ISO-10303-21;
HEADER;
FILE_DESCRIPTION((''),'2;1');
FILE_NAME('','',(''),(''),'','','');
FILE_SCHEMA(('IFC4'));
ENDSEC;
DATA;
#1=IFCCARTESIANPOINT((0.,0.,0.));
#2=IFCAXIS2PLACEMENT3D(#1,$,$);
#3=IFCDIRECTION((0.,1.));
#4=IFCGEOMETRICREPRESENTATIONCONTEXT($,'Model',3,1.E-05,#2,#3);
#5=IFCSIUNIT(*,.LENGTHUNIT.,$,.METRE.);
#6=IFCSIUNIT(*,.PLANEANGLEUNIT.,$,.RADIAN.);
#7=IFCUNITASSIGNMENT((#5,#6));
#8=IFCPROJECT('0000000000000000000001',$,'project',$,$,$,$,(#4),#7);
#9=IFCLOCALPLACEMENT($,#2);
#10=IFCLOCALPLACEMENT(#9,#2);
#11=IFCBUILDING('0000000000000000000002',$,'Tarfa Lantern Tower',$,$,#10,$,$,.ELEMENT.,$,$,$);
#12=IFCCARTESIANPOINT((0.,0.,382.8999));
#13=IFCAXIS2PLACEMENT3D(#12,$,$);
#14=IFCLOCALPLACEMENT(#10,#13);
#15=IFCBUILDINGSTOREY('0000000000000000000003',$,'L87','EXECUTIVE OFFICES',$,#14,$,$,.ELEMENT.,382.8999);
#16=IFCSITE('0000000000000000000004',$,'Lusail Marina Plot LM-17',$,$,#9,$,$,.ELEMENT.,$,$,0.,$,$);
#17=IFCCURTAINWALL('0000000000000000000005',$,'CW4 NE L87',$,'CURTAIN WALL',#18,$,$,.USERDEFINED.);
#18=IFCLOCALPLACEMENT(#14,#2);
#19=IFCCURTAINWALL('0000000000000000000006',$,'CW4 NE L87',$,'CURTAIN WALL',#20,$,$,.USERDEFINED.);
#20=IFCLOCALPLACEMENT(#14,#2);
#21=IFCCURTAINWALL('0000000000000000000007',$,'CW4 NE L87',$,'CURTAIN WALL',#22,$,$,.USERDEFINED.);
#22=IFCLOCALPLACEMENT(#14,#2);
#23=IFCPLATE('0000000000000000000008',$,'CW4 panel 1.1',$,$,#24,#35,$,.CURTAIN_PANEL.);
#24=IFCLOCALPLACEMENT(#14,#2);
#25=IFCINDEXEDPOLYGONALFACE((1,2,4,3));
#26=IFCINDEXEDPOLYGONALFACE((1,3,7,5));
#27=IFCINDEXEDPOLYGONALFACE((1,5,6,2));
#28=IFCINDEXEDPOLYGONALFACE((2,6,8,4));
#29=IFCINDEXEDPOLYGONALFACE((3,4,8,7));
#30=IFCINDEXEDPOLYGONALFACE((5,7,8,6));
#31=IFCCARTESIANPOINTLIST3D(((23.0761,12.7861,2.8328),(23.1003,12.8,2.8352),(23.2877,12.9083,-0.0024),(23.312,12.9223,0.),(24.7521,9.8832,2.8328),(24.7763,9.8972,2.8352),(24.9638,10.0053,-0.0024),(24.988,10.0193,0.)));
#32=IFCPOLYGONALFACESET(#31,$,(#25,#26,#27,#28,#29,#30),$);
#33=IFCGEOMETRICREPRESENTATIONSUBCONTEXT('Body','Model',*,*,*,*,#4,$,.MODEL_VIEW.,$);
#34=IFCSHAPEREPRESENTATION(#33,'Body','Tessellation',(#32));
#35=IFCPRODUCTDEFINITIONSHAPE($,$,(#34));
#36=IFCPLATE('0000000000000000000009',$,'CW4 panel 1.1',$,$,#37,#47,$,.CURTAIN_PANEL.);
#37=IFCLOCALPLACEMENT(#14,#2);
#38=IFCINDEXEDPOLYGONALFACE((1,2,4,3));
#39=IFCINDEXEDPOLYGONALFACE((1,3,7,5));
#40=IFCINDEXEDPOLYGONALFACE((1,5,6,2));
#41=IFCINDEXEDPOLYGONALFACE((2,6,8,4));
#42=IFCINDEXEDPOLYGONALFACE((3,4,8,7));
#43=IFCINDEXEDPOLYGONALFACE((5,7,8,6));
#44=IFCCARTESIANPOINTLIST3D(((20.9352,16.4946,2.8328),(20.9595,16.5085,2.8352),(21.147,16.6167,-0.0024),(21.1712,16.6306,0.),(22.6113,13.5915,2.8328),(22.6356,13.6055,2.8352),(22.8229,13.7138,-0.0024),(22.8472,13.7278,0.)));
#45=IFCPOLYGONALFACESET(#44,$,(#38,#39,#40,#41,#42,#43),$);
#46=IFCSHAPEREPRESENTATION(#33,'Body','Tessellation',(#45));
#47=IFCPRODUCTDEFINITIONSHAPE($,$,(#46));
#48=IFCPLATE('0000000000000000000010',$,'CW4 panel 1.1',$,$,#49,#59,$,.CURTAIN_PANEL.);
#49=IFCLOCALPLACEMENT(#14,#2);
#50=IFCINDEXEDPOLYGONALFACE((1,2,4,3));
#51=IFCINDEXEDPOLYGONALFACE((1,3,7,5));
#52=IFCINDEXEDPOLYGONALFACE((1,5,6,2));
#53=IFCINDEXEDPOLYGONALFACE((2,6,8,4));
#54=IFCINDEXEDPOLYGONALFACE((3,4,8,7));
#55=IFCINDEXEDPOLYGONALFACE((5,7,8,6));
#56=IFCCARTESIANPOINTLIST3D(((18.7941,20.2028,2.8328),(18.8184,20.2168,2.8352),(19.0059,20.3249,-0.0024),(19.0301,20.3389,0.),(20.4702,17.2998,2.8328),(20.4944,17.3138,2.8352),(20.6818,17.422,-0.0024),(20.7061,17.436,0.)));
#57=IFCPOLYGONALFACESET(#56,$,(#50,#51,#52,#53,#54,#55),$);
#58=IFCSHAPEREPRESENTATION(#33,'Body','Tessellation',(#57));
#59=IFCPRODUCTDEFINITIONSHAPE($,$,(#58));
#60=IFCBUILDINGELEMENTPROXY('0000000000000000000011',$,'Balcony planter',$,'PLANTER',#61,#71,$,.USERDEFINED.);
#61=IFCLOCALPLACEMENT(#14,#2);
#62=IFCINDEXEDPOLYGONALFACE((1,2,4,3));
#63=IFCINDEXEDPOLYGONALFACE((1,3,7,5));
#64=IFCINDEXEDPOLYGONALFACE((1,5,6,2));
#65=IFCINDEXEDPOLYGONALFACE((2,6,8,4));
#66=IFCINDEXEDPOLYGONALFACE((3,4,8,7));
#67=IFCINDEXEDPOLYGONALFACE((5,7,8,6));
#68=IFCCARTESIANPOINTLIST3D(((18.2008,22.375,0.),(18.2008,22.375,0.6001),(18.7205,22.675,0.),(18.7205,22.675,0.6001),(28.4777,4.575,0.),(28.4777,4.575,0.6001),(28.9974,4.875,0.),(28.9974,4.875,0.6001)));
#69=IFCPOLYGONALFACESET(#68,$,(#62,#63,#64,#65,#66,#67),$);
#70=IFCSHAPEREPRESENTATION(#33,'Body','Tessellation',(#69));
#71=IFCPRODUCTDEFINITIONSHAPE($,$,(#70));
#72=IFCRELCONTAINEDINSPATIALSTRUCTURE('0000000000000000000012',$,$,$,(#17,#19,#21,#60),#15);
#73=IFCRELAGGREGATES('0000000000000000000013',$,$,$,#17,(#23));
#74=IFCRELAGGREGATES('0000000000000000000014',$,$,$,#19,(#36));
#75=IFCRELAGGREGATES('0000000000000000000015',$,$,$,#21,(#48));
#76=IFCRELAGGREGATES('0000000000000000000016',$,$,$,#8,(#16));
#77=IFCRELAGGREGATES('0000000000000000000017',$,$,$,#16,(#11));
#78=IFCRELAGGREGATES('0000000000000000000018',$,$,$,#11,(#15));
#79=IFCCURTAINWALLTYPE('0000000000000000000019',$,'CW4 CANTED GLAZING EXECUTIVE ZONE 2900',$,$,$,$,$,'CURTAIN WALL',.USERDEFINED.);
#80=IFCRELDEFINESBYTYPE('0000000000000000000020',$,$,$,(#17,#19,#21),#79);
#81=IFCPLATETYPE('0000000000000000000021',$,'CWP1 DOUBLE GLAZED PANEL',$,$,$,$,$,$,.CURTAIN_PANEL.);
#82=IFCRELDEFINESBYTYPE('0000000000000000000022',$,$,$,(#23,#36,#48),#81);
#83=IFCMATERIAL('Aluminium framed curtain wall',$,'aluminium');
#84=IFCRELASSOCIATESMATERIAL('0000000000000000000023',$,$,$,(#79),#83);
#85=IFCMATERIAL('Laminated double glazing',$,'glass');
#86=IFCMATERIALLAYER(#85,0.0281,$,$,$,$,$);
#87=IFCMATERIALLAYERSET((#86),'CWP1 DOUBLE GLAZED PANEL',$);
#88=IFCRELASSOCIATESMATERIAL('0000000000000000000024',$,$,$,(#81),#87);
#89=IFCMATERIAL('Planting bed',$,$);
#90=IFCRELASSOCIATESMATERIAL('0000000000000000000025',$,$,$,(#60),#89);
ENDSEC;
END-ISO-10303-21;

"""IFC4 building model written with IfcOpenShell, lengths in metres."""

from ifc_helpers import new_model, si_unit, direction, frame, origin, origin_2d, place, context, subcontext, project, spatial, polyline, rectangle, outline, extrude, material, layer, layer_set, type_object, element, aggregate, save


model = new_model("IFC4")

# Units and contexts
model_context = context("Model", 3, precision=1e-05, world=origin(), true_north=direction((0.0, 1.0)))
body_context = subcontext(model_context, "Body", "Model", "MODEL_VIEW")
ifc_project = project(units=[si_unit("LENGTHUNIT", "METRE"), si_unit("PLANEANGLEUNIT", "RADIAN")], contexts=[model_context])

# Site, building, storey
site_placement = place(None, origin())
site = spatial("IfcSite", under=ifc_project, at=site_placement, Name="Lusail Marina Plot LM-17", CompositionType="ELEMENT", RefElevation=0.0)
building_placement = place(site_placement, origin())
building = spatial("IfcBuilding", under=site, at=building_placement, Name="Tarfa Lantern Tower", CompositionType="ELEMENT")
storey_placement = place(building_placement, frame((0.0, 0.0, 382.8999)))
storey = spatial("IfcBuildingStorey", under=building, at=storey_placement, Name="L87", Description="EXECUTIVE OFFICES", CompositionType="ELEMENT", Elevation=382.8999)

# Curtain walls
ifc_material_1 = material(Name="Aluminium framed curtain wall", Category="aluminium")
curtain_wall_type = type_object("IfcCurtainWallType", Name="CW4 CANTED GLAZING EXECUTIVE ZONE 2900", ElementType="CURTAIN WALL", PredefinedType="USERDEFINED", material=ifc_material_1)
curtain_wall_1_placement = place(storey_placement, origin())
curtain_wall_1 = element("IfcCurtainWall", 1, at=curtain_wall_1_placement, inside=storey, type_object=curtain_wall_type, Name="CW4 NE L87", ObjectType="CURTAIN WALL", PredefinedType="USERDEFINED")
curtain_wall_2_placement = place(storey_placement, origin())
curtain_wall_2 = element("IfcCurtainWall", 2, at=curtain_wall_2_placement, inside=storey, type_object=curtain_wall_type, Name="CW4 NE L87", ObjectType="CURTAIN WALL", PredefinedType="USERDEFINED")
curtain_wall_3_placement = place(storey_placement, origin())
curtain_wall_3 = element("IfcCurtainWall", 3, at=curtain_wall_3_placement, inside=storey, type_object=curtain_wall_type, Name="CW4 NE L87", ObjectType="CURTAIN WALL", PredefinedType="USERDEFINED")

# Plates
ifc_material_2 = material(Name="Laminated double glazing", Category="glass")
ifc_layer = layer(ifc_material_2, 0.0281)
ifc_layer_set = layer_set([ifc_layer], Name="CWP1 DOUBLE GLAZED PANEL")
plate_type = type_object("IfcPlateType", Name="CWP1 DOUBLE GLAZED PANEL", PredefinedType="CURTAIN_PANEL", material=ifc_layer_set)
plate_1_placement = place(storey_placement, frame((24.988, 10.0193, 0.0), z_axis=(0.862825, 0.498153, 0.085886), x_axis=(-0.500001, 0.866025, -0.000002)))
plate_1 = element("IfcPlate", 4, at=plate_1_placement, type_object=plate_type, Name="CW4 panel 1.1", PredefinedType="CURTAIN_PANEL", context=body_context, shape_type="SweptSolid", body=[
    extrude(outline(polyline([(0.0, 0.0), (3.3522, 0.0), (3.3521, 2.8457), (0.0001, 2.8457), (0.0, 0.0)])), origin(), (0.0, 0.0, -1.0), 0.0281),
])
aggregate(curtain_wall_1, [plate_1])
plate_2_placement = place(storey_placement, frame((22.8472, 13.7278, 0.0), z_axis=(0.862825, 0.498153, 0.085886), x_axis=(-0.500001, 0.866025, 0.000002)))
plate_2 = element("IfcPlate", 5, at=plate_2_placement, type_object=plate_type, Name="CW4 panel 1.1", PredefinedType="CURTAIN_PANEL", context=body_context, shape_type="SweptSolid", body=[
    extrude(outline(polyline([(0.0, 0.0), (3.3519, 0.0), (3.3521, 2.8457), (-0.0001, 2.8457), (0.0, 0.0)])), origin(), (0.0, 0.0, -1.0), 0.0281),
])
aggregate(curtain_wall_2, [plate_2])
plate_3_placement = place(storey_placement, frame((20.7061, 17.436, 0.0), z_axis=(0.862825, 0.498153, 0.085886), x_axis=(-0.500001, 0.866025, 0.000002)))
plate_3 = element("IfcPlate", 6, at=plate_3_placement, type_object=plate_type, Name="CW4 panel 1.1", PredefinedType="CURTAIN_PANEL", context=body_context, shape_type="SweptSolid", body=[
    extrude(outline(polyline([(0.0, 0.0), (3.3519, 0.0), (3.3521, 2.8457), (-0.0001, 2.8457), (0.0, 0.0)])), origin(), (0.0, 0.0, -1.0), 0.0281),
])
aggregate(curtain_wall_3, [plate_3])

# Building element proxy
ifc_material_3 = material(Name="Planting bed")
proxy_placement = place(storey_placement, frame((23.5991, 13.625, 0.0), z_axis=(0.0, 0.0, 1.0), x_axis=(-0.5, 0.866025, 0.0)))
element("IfcBuildingElementProxy", 7, at=proxy_placement, inside=storey, material=ifc_material_3, Name="Balcony planter", ObjectType="PLANTER", PredefinedType="USERDEFINED", context=body_context, shape_type="SweptSolid", body=[
    extrude(rectangle(XDim=20.5537, YDim=0.6001, at=origin_2d()), origin(), (0.0, 0.0, 1.0), 0.6001),
])

save(model, "model.ifc")
